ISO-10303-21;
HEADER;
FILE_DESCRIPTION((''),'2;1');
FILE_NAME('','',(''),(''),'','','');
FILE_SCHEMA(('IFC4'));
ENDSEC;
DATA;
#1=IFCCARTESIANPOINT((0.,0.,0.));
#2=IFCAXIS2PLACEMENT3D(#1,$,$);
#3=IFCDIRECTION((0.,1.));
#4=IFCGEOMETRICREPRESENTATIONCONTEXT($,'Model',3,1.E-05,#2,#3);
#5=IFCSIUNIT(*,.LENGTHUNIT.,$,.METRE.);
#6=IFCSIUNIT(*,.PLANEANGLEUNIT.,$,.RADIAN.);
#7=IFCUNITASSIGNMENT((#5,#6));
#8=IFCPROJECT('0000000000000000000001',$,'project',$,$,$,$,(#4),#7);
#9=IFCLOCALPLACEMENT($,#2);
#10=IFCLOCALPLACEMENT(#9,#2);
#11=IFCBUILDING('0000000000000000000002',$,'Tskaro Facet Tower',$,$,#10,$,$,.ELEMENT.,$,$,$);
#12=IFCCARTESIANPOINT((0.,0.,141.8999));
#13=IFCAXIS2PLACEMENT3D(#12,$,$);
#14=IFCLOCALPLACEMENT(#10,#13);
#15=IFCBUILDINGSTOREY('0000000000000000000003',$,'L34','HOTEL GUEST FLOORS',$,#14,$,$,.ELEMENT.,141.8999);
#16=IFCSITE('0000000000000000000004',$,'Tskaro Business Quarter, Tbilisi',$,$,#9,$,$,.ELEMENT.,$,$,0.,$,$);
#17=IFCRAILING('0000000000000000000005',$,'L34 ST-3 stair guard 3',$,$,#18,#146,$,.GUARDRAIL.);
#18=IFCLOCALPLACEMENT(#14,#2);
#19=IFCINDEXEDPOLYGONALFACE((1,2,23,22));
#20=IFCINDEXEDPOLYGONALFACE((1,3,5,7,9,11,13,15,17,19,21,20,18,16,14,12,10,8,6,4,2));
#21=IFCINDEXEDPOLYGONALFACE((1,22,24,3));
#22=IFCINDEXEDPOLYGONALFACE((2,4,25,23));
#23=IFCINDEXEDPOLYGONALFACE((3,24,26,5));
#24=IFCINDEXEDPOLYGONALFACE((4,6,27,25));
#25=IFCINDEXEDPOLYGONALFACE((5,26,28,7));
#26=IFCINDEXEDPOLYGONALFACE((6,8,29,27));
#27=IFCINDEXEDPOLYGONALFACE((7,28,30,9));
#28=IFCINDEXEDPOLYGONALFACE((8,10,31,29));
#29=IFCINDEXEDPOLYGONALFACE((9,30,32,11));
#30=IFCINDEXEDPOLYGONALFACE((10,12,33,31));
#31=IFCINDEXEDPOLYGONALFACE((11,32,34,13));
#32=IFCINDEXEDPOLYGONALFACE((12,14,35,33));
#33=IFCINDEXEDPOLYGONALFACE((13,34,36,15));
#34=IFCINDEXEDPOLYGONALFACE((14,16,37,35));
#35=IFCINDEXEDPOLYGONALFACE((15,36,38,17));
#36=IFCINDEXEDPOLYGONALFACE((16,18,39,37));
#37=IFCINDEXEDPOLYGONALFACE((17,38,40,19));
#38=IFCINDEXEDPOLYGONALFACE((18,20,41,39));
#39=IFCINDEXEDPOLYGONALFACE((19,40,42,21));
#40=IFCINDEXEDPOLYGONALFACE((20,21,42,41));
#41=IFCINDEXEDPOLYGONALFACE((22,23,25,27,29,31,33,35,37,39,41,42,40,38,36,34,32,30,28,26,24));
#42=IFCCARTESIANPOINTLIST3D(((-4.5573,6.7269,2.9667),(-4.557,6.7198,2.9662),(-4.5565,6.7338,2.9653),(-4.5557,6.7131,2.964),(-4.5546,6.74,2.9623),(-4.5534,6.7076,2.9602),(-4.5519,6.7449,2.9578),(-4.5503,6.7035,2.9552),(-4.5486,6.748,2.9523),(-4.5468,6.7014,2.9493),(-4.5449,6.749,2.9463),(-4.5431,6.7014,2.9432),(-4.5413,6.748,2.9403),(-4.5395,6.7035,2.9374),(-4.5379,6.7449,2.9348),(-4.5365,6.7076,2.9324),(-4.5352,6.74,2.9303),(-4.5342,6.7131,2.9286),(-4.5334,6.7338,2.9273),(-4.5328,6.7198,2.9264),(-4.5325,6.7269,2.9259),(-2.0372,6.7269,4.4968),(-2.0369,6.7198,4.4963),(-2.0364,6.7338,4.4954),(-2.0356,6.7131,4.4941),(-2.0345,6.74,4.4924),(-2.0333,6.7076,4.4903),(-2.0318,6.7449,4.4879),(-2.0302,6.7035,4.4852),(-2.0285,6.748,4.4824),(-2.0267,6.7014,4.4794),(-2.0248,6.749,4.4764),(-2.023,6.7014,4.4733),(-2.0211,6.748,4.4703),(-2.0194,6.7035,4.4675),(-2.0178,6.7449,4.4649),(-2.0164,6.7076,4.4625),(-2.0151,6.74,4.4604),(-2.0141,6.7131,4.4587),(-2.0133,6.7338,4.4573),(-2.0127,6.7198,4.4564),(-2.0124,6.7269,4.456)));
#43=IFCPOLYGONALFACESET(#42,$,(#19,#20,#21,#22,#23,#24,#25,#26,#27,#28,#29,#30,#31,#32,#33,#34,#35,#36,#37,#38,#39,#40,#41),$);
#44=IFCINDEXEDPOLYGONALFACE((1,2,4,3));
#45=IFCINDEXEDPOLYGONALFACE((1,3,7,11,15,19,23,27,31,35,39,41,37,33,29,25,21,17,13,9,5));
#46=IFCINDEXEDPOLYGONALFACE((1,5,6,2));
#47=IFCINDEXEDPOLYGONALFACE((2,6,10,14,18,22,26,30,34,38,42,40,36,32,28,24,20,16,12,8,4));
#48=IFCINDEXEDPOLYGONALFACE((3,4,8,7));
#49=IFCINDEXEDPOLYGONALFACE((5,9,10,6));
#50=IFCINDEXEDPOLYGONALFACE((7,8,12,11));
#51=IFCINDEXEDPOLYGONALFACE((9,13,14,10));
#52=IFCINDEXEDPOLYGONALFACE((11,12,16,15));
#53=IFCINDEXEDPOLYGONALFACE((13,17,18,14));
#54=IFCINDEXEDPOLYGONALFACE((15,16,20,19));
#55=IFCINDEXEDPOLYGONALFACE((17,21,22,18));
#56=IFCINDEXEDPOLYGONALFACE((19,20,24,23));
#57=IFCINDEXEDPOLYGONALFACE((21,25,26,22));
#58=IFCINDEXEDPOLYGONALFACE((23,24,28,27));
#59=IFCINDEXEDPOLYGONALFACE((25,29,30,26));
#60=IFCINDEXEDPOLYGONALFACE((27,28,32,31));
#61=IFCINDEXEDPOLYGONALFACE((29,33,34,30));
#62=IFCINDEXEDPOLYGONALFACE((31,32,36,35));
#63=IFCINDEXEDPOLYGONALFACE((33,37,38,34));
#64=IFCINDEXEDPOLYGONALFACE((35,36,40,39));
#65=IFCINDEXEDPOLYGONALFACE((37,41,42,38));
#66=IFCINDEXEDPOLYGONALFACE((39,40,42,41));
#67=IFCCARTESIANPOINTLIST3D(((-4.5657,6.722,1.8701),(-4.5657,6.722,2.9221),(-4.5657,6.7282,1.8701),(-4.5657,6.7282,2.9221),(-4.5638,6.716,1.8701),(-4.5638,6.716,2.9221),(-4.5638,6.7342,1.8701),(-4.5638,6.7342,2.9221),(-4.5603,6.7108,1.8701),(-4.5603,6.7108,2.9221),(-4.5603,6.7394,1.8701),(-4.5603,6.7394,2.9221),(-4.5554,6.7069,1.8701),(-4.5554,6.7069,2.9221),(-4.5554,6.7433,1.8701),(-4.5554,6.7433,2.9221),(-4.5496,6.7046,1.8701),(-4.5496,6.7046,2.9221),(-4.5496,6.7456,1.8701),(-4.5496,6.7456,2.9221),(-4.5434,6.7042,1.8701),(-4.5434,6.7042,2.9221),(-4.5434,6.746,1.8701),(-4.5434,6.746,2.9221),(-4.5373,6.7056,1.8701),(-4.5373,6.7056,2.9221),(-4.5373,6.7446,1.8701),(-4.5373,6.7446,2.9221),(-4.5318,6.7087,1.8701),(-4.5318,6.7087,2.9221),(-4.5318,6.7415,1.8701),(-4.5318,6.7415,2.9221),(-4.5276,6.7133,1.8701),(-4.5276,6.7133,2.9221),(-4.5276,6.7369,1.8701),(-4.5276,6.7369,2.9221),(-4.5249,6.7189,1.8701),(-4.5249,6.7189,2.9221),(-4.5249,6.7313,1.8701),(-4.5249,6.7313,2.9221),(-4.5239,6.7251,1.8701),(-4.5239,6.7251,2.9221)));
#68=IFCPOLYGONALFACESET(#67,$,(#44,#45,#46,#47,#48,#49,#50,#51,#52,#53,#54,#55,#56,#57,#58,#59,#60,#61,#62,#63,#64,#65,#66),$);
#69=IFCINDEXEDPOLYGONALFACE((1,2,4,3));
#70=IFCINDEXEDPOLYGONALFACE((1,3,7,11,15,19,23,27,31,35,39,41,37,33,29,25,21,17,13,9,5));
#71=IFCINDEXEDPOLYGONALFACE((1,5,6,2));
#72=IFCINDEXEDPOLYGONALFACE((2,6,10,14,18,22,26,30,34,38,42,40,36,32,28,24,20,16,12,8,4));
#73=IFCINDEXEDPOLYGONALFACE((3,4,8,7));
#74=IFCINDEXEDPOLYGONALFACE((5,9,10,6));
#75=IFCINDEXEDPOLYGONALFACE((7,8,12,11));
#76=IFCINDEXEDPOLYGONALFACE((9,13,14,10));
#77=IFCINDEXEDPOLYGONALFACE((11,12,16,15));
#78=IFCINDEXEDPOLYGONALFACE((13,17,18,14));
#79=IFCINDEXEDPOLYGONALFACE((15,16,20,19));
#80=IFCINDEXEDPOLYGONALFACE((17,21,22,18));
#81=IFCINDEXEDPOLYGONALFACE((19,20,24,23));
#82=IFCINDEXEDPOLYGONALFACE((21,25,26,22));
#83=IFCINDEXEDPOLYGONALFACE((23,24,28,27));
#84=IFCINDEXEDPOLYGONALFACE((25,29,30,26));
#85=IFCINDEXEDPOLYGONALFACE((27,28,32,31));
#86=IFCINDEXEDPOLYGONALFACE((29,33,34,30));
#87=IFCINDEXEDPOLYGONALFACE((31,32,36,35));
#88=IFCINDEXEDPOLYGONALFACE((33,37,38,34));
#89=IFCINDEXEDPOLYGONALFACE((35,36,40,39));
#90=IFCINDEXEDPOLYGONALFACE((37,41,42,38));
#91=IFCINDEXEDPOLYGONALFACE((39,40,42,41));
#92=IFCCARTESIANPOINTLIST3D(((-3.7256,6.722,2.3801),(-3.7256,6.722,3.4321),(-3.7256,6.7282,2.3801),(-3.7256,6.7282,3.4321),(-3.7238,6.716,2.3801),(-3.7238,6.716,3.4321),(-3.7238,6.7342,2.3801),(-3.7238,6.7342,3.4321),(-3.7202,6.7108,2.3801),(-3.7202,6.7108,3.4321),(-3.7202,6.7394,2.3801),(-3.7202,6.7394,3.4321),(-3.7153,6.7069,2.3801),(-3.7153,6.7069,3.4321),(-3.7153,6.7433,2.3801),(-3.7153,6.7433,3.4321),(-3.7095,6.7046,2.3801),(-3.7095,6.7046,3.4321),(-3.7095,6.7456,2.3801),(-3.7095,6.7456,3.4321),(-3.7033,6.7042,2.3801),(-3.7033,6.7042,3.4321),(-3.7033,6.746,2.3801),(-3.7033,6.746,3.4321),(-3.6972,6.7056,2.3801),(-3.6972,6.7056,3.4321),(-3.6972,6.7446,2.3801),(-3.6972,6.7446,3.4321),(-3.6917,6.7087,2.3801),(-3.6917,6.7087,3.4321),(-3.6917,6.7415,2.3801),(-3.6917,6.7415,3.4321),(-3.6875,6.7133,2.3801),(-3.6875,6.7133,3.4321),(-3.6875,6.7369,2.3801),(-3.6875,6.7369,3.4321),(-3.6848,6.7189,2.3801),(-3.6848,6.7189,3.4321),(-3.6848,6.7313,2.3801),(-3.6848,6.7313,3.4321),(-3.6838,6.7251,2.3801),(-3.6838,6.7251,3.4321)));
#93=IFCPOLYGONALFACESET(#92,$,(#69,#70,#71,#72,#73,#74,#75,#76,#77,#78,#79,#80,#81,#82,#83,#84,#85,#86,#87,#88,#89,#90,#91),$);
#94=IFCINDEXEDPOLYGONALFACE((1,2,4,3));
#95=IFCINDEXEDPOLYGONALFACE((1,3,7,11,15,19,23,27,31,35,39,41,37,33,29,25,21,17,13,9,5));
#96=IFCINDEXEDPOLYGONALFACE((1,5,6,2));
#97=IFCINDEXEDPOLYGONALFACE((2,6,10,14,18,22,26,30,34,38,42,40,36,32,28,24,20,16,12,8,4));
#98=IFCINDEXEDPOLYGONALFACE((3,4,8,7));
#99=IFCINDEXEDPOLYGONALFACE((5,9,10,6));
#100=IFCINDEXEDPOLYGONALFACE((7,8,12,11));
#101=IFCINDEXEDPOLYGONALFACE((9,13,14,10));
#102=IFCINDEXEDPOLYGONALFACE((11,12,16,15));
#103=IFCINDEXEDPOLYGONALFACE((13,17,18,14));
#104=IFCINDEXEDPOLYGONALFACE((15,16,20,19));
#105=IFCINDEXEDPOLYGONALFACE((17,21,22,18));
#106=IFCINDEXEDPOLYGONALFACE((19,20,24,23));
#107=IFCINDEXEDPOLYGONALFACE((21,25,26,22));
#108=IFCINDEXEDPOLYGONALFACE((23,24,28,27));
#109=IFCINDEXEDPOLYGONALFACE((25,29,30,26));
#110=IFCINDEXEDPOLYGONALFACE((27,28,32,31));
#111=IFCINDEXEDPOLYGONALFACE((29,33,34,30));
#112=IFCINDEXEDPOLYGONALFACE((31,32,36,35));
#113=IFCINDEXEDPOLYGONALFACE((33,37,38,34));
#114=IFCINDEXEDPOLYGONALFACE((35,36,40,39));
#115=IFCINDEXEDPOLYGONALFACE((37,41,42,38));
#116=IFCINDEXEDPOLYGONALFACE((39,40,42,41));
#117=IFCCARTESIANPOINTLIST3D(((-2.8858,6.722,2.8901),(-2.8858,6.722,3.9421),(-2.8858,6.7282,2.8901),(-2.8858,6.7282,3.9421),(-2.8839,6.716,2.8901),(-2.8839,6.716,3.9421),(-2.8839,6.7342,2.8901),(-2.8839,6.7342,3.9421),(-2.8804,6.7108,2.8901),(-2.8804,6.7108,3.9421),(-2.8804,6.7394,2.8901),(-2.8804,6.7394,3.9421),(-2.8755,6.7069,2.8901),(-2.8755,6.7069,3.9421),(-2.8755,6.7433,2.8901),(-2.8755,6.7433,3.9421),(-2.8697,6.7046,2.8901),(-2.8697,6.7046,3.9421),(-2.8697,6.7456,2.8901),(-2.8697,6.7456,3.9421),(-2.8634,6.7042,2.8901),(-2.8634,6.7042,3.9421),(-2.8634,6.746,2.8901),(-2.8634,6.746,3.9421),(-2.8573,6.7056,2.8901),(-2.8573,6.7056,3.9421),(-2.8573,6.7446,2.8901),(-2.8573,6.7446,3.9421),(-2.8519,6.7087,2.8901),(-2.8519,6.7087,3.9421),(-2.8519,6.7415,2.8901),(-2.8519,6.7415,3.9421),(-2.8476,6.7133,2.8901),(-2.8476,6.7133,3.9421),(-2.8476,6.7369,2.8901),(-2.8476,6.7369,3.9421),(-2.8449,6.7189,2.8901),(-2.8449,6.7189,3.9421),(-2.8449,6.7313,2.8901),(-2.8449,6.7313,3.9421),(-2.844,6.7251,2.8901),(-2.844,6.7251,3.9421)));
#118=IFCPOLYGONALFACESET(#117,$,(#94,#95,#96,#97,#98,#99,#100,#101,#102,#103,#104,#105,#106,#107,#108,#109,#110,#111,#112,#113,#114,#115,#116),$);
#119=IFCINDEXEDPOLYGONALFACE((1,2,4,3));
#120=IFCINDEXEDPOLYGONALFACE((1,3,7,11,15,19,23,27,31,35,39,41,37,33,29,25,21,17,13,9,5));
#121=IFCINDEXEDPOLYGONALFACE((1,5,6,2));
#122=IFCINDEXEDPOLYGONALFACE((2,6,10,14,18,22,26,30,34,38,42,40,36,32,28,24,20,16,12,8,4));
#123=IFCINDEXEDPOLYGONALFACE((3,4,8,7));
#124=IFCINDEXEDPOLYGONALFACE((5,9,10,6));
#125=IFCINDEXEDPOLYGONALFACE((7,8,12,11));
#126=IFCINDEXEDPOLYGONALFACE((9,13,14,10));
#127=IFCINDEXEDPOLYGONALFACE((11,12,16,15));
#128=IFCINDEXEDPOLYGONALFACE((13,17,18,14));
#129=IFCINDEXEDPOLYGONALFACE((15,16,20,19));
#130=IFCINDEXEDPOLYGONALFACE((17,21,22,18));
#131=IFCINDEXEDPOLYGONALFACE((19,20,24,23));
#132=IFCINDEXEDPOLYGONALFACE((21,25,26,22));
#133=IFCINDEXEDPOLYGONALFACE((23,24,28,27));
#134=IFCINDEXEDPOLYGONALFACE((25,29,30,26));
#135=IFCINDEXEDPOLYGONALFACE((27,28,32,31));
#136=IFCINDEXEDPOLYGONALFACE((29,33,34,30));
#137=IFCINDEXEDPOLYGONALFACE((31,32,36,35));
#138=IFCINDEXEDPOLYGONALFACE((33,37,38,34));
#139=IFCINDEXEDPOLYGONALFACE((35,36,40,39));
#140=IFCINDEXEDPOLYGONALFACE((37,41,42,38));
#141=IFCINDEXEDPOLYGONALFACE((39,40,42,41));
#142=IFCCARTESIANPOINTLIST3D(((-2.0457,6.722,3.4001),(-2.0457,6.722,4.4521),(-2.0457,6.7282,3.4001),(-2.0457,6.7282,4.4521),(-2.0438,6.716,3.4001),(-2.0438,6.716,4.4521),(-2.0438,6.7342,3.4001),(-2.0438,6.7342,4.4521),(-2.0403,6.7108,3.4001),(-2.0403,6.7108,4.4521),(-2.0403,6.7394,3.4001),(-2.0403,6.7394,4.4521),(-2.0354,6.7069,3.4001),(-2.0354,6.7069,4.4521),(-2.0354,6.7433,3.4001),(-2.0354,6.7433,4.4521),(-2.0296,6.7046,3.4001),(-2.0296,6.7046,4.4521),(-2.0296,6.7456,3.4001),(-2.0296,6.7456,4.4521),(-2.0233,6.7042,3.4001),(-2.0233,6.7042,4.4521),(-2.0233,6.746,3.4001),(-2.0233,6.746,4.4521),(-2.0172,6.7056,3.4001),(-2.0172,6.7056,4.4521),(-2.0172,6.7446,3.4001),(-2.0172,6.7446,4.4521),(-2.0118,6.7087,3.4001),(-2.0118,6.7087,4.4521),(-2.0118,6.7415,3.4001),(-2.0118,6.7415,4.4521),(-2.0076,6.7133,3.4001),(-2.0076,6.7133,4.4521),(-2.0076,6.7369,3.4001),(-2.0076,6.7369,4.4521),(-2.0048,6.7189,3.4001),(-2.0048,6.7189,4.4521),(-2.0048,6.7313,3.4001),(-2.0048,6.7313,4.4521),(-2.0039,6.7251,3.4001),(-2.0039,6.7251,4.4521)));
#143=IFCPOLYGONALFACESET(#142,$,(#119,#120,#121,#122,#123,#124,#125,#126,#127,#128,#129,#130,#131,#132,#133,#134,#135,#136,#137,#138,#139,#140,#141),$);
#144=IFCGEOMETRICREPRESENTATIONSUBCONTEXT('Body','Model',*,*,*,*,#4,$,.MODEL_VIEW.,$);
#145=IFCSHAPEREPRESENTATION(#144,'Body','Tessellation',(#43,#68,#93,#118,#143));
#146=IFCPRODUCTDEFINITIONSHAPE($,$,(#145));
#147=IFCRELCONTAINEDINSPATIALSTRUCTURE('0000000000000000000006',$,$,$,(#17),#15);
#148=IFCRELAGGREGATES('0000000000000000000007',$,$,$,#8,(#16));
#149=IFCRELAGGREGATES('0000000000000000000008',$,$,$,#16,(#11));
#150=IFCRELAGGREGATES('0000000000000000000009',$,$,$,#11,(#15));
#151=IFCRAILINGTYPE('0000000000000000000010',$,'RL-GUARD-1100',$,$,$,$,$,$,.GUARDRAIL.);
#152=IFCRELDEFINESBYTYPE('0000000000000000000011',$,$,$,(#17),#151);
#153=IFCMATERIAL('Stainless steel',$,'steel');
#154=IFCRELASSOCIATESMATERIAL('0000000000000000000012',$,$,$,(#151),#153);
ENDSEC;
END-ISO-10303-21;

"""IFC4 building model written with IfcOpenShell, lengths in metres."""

from ifc_helpers import new_model, si_unit, direction, frame, origin, origin_2d, place, context, subcontext, project, spatial, circle, extrude, material, type_object, element, save


model = new_model("IFC4")

# Units and contexts
model_context = context("Model", 3, precision=1e-05, world=origin(), true_north=direction((0.0, 1.0)))
body_context = subcontext(model_context, "Body", "Model", "MODEL_VIEW")
ifc_project = project(units=[si_unit("LENGTHUNIT", "METRE"), si_unit("PLANEANGLEUNIT", "RADIAN")], contexts=[model_context])

# Site, building, storey
site_placement = place(None, origin())
site = spatial("IfcSite", under=ifc_project, at=site_placement, Name="Tskaro Business Quarter, Tbilisi", CompositionType="ELEMENT", RefElevation=0.0)
building_placement = place(site_placement, origin())
building = spatial("IfcBuilding", under=site, at=building_placement, Name="Tskaro Facet Tower", CompositionType="ELEMENT")
storey_placement = place(building_placement, frame((0.0, 0.0, 141.8999)))
storey = spatial("IfcBuildingStorey", under=building, at=storey_placement, Name="L34", Description="HOTEL GUEST FLOORS", CompositionType="ELEMENT", Elevation=141.8999)

# Railing
ifc_material_1 = material(Name="Stainless steel", Category="steel")
railing_type_1 = type_object("IfcRailingType", Name="RL-GUARD-1100", PredefinedType="GUARDRAIL", material=ifc_material_1)
railing_1_placement = place(storey_placement, frame((-4.5449, 6.7251, 1.8701)))
element("IfcRailing", 1, at=railing_1_placement, inside=storey, type_object=railing_type_1, Name="L34 ST-3 stair guard 3", PredefinedType="GUARDRAIL", context=body_context, shape_type="SweptSolid", body=[
    extrude(circle(Radius=0.0239, at=origin_2d()), frame((0.0, 0.0, 1.0762), z_axis=(0.854785, 0.0, 0.518982), x_axis=(0.0, 1.0, 0.0)), (0.0, 0.0, 1.0), 2.9482),
    extrude(circle(Radius=0.021, at=origin_2d()), origin(), (0.0, 0.0, 1.0), 1.052),
    extrude(circle(Radius=0.021, at=origin_2d()), frame((0.8401, 0.0, 0.51)), (0.0, 0.0, 1.0), 1.052),
    extrude(circle(Radius=0.021, at=origin_2d()), frame((1.6799, 0.0, 1.02)), (0.0, 0.0, 1.0), 1.052),
    extrude(circle(Radius=0.021, at=origin_2d()), frame((2.52, 0.0, 1.53)), (0.0, 0.0, 1.0), 1.052),
])

save(model, "model.ifc")
